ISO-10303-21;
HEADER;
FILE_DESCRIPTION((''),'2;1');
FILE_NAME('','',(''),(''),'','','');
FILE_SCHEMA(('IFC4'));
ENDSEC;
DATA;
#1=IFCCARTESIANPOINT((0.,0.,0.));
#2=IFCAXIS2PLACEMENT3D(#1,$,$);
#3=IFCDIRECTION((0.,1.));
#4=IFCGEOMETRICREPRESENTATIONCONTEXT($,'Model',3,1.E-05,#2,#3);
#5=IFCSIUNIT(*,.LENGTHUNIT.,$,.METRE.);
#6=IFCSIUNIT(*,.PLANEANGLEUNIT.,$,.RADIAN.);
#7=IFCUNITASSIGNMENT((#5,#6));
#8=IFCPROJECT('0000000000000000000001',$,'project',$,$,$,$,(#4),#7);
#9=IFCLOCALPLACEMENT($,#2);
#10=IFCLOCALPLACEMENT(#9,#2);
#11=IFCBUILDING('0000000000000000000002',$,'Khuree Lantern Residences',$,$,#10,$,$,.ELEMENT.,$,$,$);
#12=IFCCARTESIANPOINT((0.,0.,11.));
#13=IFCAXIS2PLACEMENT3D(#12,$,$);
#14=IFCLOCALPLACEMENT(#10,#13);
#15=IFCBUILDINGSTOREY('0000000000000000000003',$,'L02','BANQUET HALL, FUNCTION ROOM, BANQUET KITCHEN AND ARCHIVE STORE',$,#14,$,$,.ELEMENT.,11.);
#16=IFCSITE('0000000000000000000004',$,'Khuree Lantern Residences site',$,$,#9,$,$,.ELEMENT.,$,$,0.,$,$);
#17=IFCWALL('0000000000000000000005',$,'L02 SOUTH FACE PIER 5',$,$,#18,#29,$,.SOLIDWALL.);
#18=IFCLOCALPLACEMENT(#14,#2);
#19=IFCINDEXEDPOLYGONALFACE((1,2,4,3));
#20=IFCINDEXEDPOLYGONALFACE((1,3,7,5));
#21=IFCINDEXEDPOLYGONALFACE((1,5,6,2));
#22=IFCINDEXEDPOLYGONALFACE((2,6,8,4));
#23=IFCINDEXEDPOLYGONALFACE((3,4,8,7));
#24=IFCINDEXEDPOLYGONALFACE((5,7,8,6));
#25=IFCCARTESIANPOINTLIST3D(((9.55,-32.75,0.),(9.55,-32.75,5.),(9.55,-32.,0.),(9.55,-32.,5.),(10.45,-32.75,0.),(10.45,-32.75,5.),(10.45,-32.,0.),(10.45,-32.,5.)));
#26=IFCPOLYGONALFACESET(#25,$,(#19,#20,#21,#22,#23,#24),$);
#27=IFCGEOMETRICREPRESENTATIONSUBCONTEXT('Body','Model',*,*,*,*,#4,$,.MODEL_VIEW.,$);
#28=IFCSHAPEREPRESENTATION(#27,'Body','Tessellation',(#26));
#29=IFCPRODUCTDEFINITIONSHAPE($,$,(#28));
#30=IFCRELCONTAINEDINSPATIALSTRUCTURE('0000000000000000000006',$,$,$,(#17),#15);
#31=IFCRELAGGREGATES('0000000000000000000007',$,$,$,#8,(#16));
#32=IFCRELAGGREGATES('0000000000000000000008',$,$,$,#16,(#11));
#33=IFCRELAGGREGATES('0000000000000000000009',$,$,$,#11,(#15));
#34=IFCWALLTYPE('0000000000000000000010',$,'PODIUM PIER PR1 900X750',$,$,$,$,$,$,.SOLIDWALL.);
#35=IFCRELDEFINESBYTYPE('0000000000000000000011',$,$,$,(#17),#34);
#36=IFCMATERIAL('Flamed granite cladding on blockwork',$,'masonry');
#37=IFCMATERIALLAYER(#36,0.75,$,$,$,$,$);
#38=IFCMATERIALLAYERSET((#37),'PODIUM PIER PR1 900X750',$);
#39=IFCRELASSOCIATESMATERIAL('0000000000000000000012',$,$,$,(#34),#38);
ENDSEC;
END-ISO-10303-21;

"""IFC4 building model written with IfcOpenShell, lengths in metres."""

from ifc_helpers import new_model, si_unit, direction, frame, frame_2d, origin, place, context, subcontext, project, spatial, rectangle, extrude, material, layer, layer_set, type_object, element, save


model = new_model("IFC4")

# Units and contexts
model_context = context("Model", 3, precision=1e-05, world=origin(), true_north=direction((0.0, 1.0)))
body_context = subcontext(model_context, "Body", "Model", "MODEL_VIEW")
ifc_project = project(units=[si_unit("LENGTHUNIT", "METRE"), si_unit("PLANEANGLEUNIT", "RADIAN")], contexts=[model_context])

# Site, building, storey
site_placement = place(None, origin())
site = spatial("IfcSite", under=ifc_project, at=site_placement, Name="Khuree Lantern Residences site", CompositionType="ELEMENT", RefElevation=0.0)
building_placement = place(site_placement, origin())
building = spatial("IfcBuilding", under=site, at=building_placement, Name="Khuree Lantern Residences", CompositionType="ELEMENT")
storey_placement = place(building_placement, frame((0.0, 0.0, 11.0)))
storey = spatial("IfcBuildingStorey", under=building, at=storey_placement, Name="L02", Description="BANQUET HALL, FUNCTION ROOM, BANQUET KITCHEN AND ARCHIVE STORE", CompositionType="ELEMENT", Elevation=11.0)

# Wall
ifc_material_1 = material(Name="Flamed granite cladding on blockwork", Category="masonry")
ifc_layer_1 = layer(ifc_material_1, 0.75)
ifc_layer_set_1 = layer_set([ifc_layer_1], Name="PODIUM PIER PR1 900X750")
wall_type = type_object("IfcWallType", Name="PODIUM PIER PR1 900X750", PredefinedType="SOLIDWALL", material=ifc_layer_set_1)
wall_placement = place(storey_placement, frame((9.55, -32.375, 0.0), z_axis=(0.0, 0.0, 1.0), x_axis=(1.0, 0.0, 0.0)))
element("IfcWall", 1, at=wall_placement, inside=storey, type_object=wall_type, Name="L02 SOUTH FACE PIER 5", PredefinedType="SOLIDWALL", context=body_context, shape_type="SweptSolid", body=[
    extrude(rectangle(XDim=0.8999, YDim=0.75, at=frame_2d((0.45, 0.0))), origin(), (0.0, 0.0, 1.0), 5.0),
])

save(model, "model.ifc")
